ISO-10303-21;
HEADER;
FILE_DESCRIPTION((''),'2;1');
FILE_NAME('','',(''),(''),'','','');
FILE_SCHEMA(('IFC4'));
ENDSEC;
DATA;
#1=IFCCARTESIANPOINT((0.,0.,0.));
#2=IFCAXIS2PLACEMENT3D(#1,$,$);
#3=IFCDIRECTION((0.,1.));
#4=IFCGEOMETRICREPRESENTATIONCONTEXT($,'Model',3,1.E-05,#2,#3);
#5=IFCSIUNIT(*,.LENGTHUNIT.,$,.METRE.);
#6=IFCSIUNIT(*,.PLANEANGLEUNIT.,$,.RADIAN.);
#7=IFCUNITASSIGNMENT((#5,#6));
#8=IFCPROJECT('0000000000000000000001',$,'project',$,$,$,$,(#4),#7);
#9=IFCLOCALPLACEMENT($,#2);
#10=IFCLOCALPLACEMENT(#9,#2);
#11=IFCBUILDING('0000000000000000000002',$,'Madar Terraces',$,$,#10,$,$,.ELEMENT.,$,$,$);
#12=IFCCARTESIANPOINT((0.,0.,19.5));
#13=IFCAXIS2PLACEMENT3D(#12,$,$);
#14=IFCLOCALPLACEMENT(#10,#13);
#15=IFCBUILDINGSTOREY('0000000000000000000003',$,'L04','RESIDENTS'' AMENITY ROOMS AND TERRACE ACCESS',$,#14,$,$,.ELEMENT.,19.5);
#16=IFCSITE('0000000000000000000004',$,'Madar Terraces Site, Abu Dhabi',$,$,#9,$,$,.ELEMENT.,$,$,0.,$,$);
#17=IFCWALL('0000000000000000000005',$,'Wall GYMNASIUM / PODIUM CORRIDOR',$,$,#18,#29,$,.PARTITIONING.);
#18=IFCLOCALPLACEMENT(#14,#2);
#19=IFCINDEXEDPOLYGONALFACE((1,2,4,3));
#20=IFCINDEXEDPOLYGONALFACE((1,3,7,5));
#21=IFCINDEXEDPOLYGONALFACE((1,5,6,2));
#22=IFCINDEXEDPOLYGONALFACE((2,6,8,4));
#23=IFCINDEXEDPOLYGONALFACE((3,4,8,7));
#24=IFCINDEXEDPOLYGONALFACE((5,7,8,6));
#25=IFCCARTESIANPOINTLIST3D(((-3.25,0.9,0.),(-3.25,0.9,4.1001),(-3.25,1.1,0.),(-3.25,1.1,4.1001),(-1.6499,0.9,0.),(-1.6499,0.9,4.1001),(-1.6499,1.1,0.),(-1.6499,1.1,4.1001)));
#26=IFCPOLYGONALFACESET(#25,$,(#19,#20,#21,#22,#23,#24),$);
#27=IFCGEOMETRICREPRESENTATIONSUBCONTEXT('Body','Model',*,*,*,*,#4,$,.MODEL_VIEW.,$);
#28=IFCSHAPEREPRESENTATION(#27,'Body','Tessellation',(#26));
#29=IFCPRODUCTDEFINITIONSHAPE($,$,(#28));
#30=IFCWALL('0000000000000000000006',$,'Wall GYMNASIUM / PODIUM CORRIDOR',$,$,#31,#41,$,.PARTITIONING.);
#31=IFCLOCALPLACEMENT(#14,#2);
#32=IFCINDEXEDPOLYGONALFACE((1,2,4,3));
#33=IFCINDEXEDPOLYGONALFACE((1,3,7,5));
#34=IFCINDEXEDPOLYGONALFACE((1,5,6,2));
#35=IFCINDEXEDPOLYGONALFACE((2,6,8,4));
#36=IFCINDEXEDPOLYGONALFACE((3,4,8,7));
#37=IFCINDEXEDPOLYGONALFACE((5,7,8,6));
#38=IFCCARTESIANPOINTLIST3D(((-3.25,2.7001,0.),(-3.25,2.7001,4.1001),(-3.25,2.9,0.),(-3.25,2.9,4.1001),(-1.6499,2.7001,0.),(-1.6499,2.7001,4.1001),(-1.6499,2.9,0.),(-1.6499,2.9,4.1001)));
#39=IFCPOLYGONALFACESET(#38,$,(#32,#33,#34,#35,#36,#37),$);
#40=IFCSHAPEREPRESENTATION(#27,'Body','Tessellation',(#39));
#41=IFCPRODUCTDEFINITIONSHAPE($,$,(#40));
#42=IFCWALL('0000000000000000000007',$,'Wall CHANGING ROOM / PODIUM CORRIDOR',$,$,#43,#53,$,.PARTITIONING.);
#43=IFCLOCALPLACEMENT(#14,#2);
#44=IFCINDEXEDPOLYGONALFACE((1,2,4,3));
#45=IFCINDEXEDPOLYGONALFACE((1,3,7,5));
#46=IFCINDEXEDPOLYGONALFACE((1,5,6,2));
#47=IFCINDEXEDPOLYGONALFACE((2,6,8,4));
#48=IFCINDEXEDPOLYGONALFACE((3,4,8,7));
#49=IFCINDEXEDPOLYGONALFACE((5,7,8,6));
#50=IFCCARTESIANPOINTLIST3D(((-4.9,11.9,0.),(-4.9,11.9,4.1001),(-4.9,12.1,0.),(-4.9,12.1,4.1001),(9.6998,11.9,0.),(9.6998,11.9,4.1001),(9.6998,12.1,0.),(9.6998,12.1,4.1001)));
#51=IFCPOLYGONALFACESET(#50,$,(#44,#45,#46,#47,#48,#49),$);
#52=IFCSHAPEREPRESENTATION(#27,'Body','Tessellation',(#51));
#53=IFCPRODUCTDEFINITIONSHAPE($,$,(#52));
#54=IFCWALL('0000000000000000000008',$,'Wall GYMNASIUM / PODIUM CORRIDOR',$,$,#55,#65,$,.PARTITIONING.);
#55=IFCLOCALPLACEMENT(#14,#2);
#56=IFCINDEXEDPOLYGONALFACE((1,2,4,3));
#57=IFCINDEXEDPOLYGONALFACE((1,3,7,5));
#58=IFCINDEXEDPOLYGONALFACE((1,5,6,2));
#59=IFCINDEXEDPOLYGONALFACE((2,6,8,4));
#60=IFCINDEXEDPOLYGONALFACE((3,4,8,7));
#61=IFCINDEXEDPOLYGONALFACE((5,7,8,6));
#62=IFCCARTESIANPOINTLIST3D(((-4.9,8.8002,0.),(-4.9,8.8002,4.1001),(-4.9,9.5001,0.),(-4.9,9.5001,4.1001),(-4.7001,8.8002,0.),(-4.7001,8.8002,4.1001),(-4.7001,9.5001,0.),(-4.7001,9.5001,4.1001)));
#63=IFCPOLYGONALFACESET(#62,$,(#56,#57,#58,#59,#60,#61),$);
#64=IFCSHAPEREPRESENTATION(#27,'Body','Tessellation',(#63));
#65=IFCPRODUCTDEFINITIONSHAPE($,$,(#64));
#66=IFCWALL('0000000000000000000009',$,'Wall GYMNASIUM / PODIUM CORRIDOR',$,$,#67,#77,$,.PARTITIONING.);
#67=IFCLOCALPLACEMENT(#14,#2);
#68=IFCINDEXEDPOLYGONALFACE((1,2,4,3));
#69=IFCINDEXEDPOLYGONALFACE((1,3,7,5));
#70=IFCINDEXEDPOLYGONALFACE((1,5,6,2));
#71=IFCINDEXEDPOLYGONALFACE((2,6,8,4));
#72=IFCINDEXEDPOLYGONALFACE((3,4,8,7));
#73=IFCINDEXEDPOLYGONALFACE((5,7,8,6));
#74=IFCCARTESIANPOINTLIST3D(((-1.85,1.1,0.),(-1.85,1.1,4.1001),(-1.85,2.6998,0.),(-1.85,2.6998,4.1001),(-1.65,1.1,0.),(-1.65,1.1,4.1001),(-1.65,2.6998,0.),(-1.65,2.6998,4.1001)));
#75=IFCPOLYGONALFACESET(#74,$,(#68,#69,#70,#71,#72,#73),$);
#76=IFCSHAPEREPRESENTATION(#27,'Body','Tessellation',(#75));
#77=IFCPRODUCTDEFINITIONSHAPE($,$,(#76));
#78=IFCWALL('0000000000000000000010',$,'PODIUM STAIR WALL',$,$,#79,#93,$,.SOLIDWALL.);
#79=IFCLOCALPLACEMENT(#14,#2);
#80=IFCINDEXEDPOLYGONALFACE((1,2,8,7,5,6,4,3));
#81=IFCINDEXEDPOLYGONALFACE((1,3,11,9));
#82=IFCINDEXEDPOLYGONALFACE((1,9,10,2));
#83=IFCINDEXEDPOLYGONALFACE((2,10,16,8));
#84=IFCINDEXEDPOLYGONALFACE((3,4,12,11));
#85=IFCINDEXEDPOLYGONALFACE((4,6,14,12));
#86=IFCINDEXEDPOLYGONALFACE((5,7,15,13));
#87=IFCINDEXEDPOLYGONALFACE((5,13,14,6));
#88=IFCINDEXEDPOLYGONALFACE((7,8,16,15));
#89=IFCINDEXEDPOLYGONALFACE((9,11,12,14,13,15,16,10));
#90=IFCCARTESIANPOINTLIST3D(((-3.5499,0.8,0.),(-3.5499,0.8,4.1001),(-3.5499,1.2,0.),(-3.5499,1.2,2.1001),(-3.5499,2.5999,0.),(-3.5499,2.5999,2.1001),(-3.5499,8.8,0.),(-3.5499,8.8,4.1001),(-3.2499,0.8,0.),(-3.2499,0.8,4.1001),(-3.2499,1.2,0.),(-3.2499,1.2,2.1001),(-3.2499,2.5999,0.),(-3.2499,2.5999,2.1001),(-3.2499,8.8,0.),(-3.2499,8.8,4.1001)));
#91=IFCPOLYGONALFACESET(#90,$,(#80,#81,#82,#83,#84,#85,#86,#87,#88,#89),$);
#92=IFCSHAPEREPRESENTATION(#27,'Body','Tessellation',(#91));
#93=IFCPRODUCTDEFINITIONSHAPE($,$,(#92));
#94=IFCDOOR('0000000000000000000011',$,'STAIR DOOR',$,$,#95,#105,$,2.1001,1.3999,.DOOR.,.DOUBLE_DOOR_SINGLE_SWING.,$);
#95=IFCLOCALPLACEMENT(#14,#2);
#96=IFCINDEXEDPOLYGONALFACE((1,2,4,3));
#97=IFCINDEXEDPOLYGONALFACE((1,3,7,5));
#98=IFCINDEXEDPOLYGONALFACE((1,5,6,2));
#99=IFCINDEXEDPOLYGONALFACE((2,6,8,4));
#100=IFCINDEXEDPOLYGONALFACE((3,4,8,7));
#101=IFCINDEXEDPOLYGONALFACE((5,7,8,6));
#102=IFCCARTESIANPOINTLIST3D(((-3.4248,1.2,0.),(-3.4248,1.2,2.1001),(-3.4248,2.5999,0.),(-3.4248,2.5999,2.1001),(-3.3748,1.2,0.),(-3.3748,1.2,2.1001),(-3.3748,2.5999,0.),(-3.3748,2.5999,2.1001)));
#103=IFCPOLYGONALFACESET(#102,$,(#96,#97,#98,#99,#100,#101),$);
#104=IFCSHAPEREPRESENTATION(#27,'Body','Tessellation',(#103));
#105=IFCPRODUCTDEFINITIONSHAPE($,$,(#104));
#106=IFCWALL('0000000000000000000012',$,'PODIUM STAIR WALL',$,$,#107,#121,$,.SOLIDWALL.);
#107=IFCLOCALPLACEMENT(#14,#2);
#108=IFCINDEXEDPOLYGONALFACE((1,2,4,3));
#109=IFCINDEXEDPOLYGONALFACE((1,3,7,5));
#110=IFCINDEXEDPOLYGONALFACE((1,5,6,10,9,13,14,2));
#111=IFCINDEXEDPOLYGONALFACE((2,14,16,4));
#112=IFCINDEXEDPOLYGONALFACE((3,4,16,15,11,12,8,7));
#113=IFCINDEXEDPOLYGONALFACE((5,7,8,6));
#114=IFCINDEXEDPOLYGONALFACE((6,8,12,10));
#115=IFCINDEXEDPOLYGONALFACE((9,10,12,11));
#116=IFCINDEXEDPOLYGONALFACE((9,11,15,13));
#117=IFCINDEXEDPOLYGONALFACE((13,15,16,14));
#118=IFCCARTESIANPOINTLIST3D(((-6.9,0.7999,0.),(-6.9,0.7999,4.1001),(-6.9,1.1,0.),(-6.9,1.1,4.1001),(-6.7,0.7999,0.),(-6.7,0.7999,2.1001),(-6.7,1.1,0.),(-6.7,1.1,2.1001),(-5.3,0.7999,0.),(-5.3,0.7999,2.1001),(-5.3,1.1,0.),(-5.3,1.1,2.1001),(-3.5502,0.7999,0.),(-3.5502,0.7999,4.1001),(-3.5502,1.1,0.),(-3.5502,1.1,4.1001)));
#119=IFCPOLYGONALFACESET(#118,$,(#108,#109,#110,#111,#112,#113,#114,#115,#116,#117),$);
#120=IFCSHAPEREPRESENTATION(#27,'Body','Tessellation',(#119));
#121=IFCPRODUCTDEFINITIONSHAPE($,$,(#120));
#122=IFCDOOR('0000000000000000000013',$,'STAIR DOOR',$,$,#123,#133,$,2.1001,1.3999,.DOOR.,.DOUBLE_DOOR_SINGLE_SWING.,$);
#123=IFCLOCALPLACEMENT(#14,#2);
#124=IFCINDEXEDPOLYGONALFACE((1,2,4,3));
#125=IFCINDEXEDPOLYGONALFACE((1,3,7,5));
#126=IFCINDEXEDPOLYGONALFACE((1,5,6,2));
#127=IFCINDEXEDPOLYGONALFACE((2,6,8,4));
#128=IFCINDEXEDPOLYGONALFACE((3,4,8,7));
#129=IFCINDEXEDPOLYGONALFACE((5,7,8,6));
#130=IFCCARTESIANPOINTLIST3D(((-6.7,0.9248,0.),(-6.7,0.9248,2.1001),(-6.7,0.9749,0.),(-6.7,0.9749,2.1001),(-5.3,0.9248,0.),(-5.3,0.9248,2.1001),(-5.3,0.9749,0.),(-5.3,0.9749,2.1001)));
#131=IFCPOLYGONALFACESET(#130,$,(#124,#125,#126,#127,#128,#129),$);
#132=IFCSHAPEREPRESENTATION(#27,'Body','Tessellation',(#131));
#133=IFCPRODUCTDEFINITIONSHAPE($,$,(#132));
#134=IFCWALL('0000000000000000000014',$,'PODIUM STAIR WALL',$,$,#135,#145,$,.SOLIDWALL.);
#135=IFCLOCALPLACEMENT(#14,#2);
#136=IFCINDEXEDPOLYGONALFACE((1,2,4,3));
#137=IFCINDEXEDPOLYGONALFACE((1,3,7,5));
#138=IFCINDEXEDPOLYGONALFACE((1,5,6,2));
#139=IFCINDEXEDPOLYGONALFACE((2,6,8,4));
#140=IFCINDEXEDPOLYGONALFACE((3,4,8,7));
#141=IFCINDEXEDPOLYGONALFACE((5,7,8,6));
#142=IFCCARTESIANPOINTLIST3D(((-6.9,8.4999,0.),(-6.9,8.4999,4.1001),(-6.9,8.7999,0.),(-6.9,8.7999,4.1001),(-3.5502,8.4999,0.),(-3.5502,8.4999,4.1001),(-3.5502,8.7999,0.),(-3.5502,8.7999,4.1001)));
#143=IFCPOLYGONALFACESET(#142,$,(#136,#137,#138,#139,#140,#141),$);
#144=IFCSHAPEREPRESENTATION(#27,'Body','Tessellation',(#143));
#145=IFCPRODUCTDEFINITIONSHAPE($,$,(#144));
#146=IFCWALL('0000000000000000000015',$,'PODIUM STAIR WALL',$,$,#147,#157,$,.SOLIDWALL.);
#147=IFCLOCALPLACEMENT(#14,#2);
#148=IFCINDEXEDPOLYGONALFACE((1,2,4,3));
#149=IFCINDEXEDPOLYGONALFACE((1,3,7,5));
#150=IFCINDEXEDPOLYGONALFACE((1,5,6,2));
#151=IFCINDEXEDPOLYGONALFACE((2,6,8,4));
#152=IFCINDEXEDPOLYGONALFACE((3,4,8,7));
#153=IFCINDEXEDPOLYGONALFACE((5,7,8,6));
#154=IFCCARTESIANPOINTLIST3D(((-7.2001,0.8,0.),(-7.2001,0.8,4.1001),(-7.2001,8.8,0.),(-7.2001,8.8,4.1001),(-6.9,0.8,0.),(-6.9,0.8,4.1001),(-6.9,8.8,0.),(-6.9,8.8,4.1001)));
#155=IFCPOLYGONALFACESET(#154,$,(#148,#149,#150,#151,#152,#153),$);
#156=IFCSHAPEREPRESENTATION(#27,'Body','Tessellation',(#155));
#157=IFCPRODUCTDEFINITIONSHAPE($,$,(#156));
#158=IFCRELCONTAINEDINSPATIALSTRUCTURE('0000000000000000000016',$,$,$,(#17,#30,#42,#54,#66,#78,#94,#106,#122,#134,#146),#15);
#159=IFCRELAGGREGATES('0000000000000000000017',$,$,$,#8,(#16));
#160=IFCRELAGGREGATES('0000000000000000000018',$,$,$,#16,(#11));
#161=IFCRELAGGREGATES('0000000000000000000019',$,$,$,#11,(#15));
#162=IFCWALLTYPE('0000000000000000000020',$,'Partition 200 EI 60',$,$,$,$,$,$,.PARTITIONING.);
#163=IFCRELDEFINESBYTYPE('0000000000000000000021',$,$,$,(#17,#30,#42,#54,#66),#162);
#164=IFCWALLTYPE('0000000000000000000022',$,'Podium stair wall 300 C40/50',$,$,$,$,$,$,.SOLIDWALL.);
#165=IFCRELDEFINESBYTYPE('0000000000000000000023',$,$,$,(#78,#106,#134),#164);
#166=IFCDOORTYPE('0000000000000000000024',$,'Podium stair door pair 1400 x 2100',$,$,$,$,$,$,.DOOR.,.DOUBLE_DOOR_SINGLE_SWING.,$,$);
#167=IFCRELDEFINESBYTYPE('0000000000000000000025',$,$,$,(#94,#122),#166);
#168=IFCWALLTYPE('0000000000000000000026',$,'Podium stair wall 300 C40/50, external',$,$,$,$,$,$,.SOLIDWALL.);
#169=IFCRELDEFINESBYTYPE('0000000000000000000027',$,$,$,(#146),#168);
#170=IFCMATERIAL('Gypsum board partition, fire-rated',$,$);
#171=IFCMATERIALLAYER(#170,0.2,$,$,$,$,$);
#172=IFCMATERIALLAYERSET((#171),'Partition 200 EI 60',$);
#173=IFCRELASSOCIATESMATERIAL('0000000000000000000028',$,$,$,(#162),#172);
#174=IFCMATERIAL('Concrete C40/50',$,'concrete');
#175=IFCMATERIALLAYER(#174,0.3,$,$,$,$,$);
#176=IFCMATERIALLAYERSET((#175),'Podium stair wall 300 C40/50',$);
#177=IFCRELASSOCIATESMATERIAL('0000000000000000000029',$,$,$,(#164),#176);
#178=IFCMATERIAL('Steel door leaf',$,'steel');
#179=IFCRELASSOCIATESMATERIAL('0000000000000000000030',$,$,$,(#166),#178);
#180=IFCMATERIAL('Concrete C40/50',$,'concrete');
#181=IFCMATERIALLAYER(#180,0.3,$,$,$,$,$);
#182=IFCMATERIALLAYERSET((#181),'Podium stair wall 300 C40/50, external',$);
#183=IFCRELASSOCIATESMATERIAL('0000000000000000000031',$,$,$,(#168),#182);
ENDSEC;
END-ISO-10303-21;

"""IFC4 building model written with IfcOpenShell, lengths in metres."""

from ifc_helpers import new_model, si_unit, direction, frame, frame_2d, origin, place, context, subcontext, project, spatial, rectangle, extrude, material, layer, layer_set, type_object, element, fill, save


model = new_model("IFC4")

# Units and contexts
model_context = context("Model", 3, precision=1e-05, world=origin(), true_north=direction((0.0, 1.0)))
body_context = subcontext(model_context, "Body", "Model", "MODEL_VIEW")
ifc_project = project(units=[si_unit("LENGTHUNIT", "METRE"), si_unit("PLANEANGLEUNIT", "RADIAN")], contexts=[model_context])

# Site, building, storey
site_placement = place(None, origin())
site = spatial("IfcSite", under=ifc_project, at=site_placement, Name="Madar Terraces Site, Abu Dhabi", CompositionType="ELEMENT", RefElevation=0.0)
building_placement = place(site_placement, origin())
building = spatial("IfcBuilding", under=site, at=building_placement, Name="Madar Terraces", CompositionType="ELEMENT")
storey_placement = place(building_placement, frame((0.0, 0.0, 19.5)))
storey = spatial("IfcBuildingStorey", under=building, at=storey_placement, Name="L04", Description="RESIDENTS' AMENITY ROOMS AND TERRACE ACCESS", CompositionType="ELEMENT", Elevation=19.5)

# Walls
ifc_material_1 = material(Name="Gypsum board partition, fire-rated")
ifc_layer_1 = layer(ifc_material_1, 0.2)
ifc_layer_set_1 = layer_set([ifc_layer_1], Name="Partition 200 EI 60")
wall_type_1 = type_object("IfcWallType", Name="Partition 200 EI 60", PredefinedType="PARTITIONING", material=ifc_layer_set_1)
for number, where, z_axis, x_axis, name in (
    (1, (-3.25, 1.0, 0.0), (0.0, 0.0, 1.0), (1.0, 0.0, 0.0), "Wall GYMNASIUM / PODIUM CORRIDOR"),
    (2, (-3.25, 2.8, 0.0), (0.0, 0.0, 1.0), (1.0, 0.0, 0.0), "Wall GYMNASIUM / PODIUM CORRIDOR"),
):
    element("IfcWall", number, at=place(storey_placement, frame(where, z_axis=z_axis, x_axis=x_axis)), inside=storey, type_object=wall_type_1, Name=name, PredefinedType="PARTITIONING", context=body_context, shape_type="SweptSolid", body=[
        extrude(rectangle(XDim=1.6001, YDim=0.2, at=frame_2d((0.8, 0.0))), origin(), (0.0, 0.0, 1.0), 4.1001),
    ])
wall_1_placement = place(storey_placement, frame((-4.8999, 12.0, 0.0), z_axis=(0.0, 0.0, 1.0), x_axis=(1.0, 0.0, 0.0)))
element("IfcWall", 3, at=wall_1_placement, inside=storey, type_object=wall_type_1, Name="Wall CHANGING ROOM / PODIUM CORRIDOR", PredefinedType="PARTITIONING", context=body_context, shape_type="SweptSolid", body=[
    extrude(rectangle(XDim=14.5999, YDim=0.2, at=frame_2d((7.2998, 0.0))), origin(), (0.0, 0.0, 1.0), 4.1001),
])
wall_2_placement = place(storey_placement, frame((-4.8, 8.8, 0.0), z_axis=(0.0, 0.0, 1.0), x_axis=(0.0, 1.0, 0.0)))
element("IfcWall", 4, at=wall_2_placement, inside=storey, type_object=wall_type_1, Name="Wall GYMNASIUM / PODIUM CORRIDOR", PredefinedType="PARTITIONING", context=body_context, shape_type="SweptSolid", body=[
    extrude(rectangle(XDim=0.7, YDim=0.2, at=frame_2d((0.3501, 0.0))), origin(), (0.0, 0.0, 1.0), 4.1001),
])
wall_3_placement = place(storey_placement, frame((-1.75, 1.1001, 0.0), z_axis=(0.0, 0.0, 1.0), x_axis=(0.0, 1.0, 0.0)))
element("IfcWall", 5, at=wall_3_placement, inside=storey, type_object=wall_type_1, Name="Wall GYMNASIUM / PODIUM CORRIDOR", PredefinedType="PARTITIONING", context=body_context, shape_type="SweptSolid", body=[
    extrude(rectangle(XDim=1.5999, YDim=0.2, at=frame_2d((0.7998, 0.0))), origin(), (0.0, 0.0, 1.0), 4.1001),
])

# Walls, openings, doors
ifc_material_2 = material(Name="Concrete C40/50", Category="concrete")
ifc_layer_2 = layer(ifc_material_2, 0.3)
ifc_layer_set_2 = layer_set([ifc_layer_2], Name="Podium stair wall 300 C40/50")
wall_type_2 = type_object("IfcWallType", Name="Podium stair wall 300 C40/50", PredefinedType="SOLIDWALL", material=ifc_layer_set_2)
wall_4_placement = place(storey_placement, frame((-3.3999, 0.8, 0.0), z_axis=(0.0, 0.0, 1.0), x_axis=(0.0, 1.0, 0.0)))
wall_4 = element("IfcWall", 6, at=wall_4_placement, inside=storey, type_object=wall_type_2, Name="PODIUM STAIR WALL", PredefinedType="SOLIDWALL", context=body_context, shape_type="SweptSolid", body=[
    extrude(rectangle(XDim=8.0, YDim=0.3, at=frame_2d((4.0, 0.0))), origin(), (0.0, 0.0, 1.0), 4.1001),
])
opening_1_placement = place(wall_4_placement, frame((0.3999, 0.0, 0.0)))
opening_1 = element("IfcOpeningElement", 7, at=opening_1_placement, cuts=wall_4, PredefinedType="OPENING", context=body_context, shape_type="SweptSolid", body=[
    extrude(rectangle(XDim=1.3999, YDim=2.1001, at=frame_2d((0.7, 1.05))), frame((0.0, 0.1599, 0.0), z_axis=(0.0, -1.0, 0.0), x_axis=(1.0, 0.0, 0.0)), (0.0, 0.0, 1.0), 0.3201),
])
ifc_material_3 = material(Name="Steel door leaf", Category="steel")
door_type = type_object("IfcDoorType", Name="Podium stair door pair 1400 x 2100", OperationType="DOUBLE_DOOR_SINGLE_SWING", PredefinedType="DOOR", material=ifc_material_3)
door_1_placement = place(opening_1_placement, origin())
door_1 = element("IfcDoor", 8, at=door_1_placement, inside=storey, type_object=door_type, Name="STAIR DOOR", OperationType="DOUBLE_DOOR_SINGLE_SWING", OverallHeight=2.1001, OverallWidth=1.3999, PredefinedType="DOOR", context=body_context, shape_type="SweptSolid", body=[
    extrude(rectangle(XDim=1.3999, YDim=2.1001, at=frame_2d((0.7, 1.05))), frame((0.0, 0.0249, 0.0), z_axis=(0.0, -1.0, 0.0), x_axis=(1.0, 0.0, 0.0)), (0.0, 0.0, 1.0), 0.05),
])
fill(opening_1, door_1)
wall_5_placement = place(storey_placement, frame((-6.8999, 0.95, 0.0), z_axis=(0.0, 0.0, 1.0), x_axis=(1.0, 0.0, 0.0)))
wall_5 = element("IfcWall", 9, at=wall_5_placement, inside=storey, type_object=wall_type_2, Name="PODIUM STAIR WALL", PredefinedType="SOLIDWALL", context=body_context, shape_type="SweptSolid", body=[
    extrude(rectangle(XDim=3.3499, YDim=0.3, at=frame_2d((1.6748, 0.0))), origin(), (0.0, 0.0, 1.0), 4.1001),
])
opening_2_placement = place(wall_5_placement, frame((0.2, 0.0, 0.0)))
opening_2 = element("IfcOpeningElement", 10, at=opening_2_placement, cuts=wall_5, PredefinedType="OPENING", context=body_context, shape_type="SweptSolid", body=[
    extrude(rectangle(XDim=1.3999, YDim=2.1001, at=frame_2d((0.7, 1.05))), frame((0.0, 0.1599, 0.0), z_axis=(0.0, -1.0, 0.0), x_axis=(1.0, 0.0, 0.0)), (0.0, 0.0, 1.0), 0.3201),
])
door_2_placement = place(opening_2_placement, origin())
door_2 = element("IfcDoor", 11, at=door_2_placement, inside=storey, type_object=door_type, Name="STAIR DOOR", OperationType="DOUBLE_DOOR_SINGLE_SWING", OverallHeight=2.1001, OverallWidth=1.3999, PredefinedType="DOOR", context=body_context, shape_type="SweptSolid", body=[
    extrude(rectangle(XDim=1.3999, YDim=2.1001, at=frame_2d((0.7, 1.05))), frame((0.0, 0.0249, 0.0), z_axis=(0.0, -1.0, 0.0), x_axis=(1.0, 0.0, 0.0)), (0.0, 0.0, 1.0), 0.05),
])
fill(opening_2, door_2)

# Walls
wall_6_placement = place(storey_placement, frame((-6.8999, 8.6499, 0.0), z_axis=(0.0, 0.0, 1.0), x_axis=(1.0, 0.0, 0.0)))
element("IfcWall", 12, at=wall_6_placement, inside=storey, type_object=wall_type_2, Name="PODIUM STAIR WALL", PredefinedType="SOLIDWALL", context=body_context, shape_type="SweptSolid", body=[
    extrude(rectangle(XDim=3.3499, YDim=0.3, at=frame_2d((1.6748, 0.0))), origin(), (0.0, 0.0, 1.0), 4.1001),
])
ifc_material_4 = material(Name="Concrete C40/50", Category="concrete")
ifc_layer_3 = layer(ifc_material_4, 0.3)
ifc_layer_set_3 = layer_set([ifc_layer_3], Name="Podium stair wall 300 C40/50, external")
wall_type_3 = type_object("IfcWallType", Name="Podium stair wall 300 C40/50, external", PredefinedType="SOLIDWALL", material=ifc_layer_set_3)
wall_7_placement = place(storey_placement, frame((-7.05, 0.8, 0.0), z_axis=(0.0, 0.0, 1.0), x_axis=(0.0, 1.0, 0.0)))
element("IfcWall", 13, at=wall_7_placement, inside=storey, type_object=wall_type_3, Name="PODIUM STAIR WALL", PredefinedType="SOLIDWALL", context=body_context, shape_type="SweptSolid", body=[
    extrude(rectangle(XDim=8.0, YDim=0.3, at=frame_2d((4.0, 0.0))), origin(), (0.0, 0.0, 1.0), 4.1001),
])

save(model, "model.ifc")
